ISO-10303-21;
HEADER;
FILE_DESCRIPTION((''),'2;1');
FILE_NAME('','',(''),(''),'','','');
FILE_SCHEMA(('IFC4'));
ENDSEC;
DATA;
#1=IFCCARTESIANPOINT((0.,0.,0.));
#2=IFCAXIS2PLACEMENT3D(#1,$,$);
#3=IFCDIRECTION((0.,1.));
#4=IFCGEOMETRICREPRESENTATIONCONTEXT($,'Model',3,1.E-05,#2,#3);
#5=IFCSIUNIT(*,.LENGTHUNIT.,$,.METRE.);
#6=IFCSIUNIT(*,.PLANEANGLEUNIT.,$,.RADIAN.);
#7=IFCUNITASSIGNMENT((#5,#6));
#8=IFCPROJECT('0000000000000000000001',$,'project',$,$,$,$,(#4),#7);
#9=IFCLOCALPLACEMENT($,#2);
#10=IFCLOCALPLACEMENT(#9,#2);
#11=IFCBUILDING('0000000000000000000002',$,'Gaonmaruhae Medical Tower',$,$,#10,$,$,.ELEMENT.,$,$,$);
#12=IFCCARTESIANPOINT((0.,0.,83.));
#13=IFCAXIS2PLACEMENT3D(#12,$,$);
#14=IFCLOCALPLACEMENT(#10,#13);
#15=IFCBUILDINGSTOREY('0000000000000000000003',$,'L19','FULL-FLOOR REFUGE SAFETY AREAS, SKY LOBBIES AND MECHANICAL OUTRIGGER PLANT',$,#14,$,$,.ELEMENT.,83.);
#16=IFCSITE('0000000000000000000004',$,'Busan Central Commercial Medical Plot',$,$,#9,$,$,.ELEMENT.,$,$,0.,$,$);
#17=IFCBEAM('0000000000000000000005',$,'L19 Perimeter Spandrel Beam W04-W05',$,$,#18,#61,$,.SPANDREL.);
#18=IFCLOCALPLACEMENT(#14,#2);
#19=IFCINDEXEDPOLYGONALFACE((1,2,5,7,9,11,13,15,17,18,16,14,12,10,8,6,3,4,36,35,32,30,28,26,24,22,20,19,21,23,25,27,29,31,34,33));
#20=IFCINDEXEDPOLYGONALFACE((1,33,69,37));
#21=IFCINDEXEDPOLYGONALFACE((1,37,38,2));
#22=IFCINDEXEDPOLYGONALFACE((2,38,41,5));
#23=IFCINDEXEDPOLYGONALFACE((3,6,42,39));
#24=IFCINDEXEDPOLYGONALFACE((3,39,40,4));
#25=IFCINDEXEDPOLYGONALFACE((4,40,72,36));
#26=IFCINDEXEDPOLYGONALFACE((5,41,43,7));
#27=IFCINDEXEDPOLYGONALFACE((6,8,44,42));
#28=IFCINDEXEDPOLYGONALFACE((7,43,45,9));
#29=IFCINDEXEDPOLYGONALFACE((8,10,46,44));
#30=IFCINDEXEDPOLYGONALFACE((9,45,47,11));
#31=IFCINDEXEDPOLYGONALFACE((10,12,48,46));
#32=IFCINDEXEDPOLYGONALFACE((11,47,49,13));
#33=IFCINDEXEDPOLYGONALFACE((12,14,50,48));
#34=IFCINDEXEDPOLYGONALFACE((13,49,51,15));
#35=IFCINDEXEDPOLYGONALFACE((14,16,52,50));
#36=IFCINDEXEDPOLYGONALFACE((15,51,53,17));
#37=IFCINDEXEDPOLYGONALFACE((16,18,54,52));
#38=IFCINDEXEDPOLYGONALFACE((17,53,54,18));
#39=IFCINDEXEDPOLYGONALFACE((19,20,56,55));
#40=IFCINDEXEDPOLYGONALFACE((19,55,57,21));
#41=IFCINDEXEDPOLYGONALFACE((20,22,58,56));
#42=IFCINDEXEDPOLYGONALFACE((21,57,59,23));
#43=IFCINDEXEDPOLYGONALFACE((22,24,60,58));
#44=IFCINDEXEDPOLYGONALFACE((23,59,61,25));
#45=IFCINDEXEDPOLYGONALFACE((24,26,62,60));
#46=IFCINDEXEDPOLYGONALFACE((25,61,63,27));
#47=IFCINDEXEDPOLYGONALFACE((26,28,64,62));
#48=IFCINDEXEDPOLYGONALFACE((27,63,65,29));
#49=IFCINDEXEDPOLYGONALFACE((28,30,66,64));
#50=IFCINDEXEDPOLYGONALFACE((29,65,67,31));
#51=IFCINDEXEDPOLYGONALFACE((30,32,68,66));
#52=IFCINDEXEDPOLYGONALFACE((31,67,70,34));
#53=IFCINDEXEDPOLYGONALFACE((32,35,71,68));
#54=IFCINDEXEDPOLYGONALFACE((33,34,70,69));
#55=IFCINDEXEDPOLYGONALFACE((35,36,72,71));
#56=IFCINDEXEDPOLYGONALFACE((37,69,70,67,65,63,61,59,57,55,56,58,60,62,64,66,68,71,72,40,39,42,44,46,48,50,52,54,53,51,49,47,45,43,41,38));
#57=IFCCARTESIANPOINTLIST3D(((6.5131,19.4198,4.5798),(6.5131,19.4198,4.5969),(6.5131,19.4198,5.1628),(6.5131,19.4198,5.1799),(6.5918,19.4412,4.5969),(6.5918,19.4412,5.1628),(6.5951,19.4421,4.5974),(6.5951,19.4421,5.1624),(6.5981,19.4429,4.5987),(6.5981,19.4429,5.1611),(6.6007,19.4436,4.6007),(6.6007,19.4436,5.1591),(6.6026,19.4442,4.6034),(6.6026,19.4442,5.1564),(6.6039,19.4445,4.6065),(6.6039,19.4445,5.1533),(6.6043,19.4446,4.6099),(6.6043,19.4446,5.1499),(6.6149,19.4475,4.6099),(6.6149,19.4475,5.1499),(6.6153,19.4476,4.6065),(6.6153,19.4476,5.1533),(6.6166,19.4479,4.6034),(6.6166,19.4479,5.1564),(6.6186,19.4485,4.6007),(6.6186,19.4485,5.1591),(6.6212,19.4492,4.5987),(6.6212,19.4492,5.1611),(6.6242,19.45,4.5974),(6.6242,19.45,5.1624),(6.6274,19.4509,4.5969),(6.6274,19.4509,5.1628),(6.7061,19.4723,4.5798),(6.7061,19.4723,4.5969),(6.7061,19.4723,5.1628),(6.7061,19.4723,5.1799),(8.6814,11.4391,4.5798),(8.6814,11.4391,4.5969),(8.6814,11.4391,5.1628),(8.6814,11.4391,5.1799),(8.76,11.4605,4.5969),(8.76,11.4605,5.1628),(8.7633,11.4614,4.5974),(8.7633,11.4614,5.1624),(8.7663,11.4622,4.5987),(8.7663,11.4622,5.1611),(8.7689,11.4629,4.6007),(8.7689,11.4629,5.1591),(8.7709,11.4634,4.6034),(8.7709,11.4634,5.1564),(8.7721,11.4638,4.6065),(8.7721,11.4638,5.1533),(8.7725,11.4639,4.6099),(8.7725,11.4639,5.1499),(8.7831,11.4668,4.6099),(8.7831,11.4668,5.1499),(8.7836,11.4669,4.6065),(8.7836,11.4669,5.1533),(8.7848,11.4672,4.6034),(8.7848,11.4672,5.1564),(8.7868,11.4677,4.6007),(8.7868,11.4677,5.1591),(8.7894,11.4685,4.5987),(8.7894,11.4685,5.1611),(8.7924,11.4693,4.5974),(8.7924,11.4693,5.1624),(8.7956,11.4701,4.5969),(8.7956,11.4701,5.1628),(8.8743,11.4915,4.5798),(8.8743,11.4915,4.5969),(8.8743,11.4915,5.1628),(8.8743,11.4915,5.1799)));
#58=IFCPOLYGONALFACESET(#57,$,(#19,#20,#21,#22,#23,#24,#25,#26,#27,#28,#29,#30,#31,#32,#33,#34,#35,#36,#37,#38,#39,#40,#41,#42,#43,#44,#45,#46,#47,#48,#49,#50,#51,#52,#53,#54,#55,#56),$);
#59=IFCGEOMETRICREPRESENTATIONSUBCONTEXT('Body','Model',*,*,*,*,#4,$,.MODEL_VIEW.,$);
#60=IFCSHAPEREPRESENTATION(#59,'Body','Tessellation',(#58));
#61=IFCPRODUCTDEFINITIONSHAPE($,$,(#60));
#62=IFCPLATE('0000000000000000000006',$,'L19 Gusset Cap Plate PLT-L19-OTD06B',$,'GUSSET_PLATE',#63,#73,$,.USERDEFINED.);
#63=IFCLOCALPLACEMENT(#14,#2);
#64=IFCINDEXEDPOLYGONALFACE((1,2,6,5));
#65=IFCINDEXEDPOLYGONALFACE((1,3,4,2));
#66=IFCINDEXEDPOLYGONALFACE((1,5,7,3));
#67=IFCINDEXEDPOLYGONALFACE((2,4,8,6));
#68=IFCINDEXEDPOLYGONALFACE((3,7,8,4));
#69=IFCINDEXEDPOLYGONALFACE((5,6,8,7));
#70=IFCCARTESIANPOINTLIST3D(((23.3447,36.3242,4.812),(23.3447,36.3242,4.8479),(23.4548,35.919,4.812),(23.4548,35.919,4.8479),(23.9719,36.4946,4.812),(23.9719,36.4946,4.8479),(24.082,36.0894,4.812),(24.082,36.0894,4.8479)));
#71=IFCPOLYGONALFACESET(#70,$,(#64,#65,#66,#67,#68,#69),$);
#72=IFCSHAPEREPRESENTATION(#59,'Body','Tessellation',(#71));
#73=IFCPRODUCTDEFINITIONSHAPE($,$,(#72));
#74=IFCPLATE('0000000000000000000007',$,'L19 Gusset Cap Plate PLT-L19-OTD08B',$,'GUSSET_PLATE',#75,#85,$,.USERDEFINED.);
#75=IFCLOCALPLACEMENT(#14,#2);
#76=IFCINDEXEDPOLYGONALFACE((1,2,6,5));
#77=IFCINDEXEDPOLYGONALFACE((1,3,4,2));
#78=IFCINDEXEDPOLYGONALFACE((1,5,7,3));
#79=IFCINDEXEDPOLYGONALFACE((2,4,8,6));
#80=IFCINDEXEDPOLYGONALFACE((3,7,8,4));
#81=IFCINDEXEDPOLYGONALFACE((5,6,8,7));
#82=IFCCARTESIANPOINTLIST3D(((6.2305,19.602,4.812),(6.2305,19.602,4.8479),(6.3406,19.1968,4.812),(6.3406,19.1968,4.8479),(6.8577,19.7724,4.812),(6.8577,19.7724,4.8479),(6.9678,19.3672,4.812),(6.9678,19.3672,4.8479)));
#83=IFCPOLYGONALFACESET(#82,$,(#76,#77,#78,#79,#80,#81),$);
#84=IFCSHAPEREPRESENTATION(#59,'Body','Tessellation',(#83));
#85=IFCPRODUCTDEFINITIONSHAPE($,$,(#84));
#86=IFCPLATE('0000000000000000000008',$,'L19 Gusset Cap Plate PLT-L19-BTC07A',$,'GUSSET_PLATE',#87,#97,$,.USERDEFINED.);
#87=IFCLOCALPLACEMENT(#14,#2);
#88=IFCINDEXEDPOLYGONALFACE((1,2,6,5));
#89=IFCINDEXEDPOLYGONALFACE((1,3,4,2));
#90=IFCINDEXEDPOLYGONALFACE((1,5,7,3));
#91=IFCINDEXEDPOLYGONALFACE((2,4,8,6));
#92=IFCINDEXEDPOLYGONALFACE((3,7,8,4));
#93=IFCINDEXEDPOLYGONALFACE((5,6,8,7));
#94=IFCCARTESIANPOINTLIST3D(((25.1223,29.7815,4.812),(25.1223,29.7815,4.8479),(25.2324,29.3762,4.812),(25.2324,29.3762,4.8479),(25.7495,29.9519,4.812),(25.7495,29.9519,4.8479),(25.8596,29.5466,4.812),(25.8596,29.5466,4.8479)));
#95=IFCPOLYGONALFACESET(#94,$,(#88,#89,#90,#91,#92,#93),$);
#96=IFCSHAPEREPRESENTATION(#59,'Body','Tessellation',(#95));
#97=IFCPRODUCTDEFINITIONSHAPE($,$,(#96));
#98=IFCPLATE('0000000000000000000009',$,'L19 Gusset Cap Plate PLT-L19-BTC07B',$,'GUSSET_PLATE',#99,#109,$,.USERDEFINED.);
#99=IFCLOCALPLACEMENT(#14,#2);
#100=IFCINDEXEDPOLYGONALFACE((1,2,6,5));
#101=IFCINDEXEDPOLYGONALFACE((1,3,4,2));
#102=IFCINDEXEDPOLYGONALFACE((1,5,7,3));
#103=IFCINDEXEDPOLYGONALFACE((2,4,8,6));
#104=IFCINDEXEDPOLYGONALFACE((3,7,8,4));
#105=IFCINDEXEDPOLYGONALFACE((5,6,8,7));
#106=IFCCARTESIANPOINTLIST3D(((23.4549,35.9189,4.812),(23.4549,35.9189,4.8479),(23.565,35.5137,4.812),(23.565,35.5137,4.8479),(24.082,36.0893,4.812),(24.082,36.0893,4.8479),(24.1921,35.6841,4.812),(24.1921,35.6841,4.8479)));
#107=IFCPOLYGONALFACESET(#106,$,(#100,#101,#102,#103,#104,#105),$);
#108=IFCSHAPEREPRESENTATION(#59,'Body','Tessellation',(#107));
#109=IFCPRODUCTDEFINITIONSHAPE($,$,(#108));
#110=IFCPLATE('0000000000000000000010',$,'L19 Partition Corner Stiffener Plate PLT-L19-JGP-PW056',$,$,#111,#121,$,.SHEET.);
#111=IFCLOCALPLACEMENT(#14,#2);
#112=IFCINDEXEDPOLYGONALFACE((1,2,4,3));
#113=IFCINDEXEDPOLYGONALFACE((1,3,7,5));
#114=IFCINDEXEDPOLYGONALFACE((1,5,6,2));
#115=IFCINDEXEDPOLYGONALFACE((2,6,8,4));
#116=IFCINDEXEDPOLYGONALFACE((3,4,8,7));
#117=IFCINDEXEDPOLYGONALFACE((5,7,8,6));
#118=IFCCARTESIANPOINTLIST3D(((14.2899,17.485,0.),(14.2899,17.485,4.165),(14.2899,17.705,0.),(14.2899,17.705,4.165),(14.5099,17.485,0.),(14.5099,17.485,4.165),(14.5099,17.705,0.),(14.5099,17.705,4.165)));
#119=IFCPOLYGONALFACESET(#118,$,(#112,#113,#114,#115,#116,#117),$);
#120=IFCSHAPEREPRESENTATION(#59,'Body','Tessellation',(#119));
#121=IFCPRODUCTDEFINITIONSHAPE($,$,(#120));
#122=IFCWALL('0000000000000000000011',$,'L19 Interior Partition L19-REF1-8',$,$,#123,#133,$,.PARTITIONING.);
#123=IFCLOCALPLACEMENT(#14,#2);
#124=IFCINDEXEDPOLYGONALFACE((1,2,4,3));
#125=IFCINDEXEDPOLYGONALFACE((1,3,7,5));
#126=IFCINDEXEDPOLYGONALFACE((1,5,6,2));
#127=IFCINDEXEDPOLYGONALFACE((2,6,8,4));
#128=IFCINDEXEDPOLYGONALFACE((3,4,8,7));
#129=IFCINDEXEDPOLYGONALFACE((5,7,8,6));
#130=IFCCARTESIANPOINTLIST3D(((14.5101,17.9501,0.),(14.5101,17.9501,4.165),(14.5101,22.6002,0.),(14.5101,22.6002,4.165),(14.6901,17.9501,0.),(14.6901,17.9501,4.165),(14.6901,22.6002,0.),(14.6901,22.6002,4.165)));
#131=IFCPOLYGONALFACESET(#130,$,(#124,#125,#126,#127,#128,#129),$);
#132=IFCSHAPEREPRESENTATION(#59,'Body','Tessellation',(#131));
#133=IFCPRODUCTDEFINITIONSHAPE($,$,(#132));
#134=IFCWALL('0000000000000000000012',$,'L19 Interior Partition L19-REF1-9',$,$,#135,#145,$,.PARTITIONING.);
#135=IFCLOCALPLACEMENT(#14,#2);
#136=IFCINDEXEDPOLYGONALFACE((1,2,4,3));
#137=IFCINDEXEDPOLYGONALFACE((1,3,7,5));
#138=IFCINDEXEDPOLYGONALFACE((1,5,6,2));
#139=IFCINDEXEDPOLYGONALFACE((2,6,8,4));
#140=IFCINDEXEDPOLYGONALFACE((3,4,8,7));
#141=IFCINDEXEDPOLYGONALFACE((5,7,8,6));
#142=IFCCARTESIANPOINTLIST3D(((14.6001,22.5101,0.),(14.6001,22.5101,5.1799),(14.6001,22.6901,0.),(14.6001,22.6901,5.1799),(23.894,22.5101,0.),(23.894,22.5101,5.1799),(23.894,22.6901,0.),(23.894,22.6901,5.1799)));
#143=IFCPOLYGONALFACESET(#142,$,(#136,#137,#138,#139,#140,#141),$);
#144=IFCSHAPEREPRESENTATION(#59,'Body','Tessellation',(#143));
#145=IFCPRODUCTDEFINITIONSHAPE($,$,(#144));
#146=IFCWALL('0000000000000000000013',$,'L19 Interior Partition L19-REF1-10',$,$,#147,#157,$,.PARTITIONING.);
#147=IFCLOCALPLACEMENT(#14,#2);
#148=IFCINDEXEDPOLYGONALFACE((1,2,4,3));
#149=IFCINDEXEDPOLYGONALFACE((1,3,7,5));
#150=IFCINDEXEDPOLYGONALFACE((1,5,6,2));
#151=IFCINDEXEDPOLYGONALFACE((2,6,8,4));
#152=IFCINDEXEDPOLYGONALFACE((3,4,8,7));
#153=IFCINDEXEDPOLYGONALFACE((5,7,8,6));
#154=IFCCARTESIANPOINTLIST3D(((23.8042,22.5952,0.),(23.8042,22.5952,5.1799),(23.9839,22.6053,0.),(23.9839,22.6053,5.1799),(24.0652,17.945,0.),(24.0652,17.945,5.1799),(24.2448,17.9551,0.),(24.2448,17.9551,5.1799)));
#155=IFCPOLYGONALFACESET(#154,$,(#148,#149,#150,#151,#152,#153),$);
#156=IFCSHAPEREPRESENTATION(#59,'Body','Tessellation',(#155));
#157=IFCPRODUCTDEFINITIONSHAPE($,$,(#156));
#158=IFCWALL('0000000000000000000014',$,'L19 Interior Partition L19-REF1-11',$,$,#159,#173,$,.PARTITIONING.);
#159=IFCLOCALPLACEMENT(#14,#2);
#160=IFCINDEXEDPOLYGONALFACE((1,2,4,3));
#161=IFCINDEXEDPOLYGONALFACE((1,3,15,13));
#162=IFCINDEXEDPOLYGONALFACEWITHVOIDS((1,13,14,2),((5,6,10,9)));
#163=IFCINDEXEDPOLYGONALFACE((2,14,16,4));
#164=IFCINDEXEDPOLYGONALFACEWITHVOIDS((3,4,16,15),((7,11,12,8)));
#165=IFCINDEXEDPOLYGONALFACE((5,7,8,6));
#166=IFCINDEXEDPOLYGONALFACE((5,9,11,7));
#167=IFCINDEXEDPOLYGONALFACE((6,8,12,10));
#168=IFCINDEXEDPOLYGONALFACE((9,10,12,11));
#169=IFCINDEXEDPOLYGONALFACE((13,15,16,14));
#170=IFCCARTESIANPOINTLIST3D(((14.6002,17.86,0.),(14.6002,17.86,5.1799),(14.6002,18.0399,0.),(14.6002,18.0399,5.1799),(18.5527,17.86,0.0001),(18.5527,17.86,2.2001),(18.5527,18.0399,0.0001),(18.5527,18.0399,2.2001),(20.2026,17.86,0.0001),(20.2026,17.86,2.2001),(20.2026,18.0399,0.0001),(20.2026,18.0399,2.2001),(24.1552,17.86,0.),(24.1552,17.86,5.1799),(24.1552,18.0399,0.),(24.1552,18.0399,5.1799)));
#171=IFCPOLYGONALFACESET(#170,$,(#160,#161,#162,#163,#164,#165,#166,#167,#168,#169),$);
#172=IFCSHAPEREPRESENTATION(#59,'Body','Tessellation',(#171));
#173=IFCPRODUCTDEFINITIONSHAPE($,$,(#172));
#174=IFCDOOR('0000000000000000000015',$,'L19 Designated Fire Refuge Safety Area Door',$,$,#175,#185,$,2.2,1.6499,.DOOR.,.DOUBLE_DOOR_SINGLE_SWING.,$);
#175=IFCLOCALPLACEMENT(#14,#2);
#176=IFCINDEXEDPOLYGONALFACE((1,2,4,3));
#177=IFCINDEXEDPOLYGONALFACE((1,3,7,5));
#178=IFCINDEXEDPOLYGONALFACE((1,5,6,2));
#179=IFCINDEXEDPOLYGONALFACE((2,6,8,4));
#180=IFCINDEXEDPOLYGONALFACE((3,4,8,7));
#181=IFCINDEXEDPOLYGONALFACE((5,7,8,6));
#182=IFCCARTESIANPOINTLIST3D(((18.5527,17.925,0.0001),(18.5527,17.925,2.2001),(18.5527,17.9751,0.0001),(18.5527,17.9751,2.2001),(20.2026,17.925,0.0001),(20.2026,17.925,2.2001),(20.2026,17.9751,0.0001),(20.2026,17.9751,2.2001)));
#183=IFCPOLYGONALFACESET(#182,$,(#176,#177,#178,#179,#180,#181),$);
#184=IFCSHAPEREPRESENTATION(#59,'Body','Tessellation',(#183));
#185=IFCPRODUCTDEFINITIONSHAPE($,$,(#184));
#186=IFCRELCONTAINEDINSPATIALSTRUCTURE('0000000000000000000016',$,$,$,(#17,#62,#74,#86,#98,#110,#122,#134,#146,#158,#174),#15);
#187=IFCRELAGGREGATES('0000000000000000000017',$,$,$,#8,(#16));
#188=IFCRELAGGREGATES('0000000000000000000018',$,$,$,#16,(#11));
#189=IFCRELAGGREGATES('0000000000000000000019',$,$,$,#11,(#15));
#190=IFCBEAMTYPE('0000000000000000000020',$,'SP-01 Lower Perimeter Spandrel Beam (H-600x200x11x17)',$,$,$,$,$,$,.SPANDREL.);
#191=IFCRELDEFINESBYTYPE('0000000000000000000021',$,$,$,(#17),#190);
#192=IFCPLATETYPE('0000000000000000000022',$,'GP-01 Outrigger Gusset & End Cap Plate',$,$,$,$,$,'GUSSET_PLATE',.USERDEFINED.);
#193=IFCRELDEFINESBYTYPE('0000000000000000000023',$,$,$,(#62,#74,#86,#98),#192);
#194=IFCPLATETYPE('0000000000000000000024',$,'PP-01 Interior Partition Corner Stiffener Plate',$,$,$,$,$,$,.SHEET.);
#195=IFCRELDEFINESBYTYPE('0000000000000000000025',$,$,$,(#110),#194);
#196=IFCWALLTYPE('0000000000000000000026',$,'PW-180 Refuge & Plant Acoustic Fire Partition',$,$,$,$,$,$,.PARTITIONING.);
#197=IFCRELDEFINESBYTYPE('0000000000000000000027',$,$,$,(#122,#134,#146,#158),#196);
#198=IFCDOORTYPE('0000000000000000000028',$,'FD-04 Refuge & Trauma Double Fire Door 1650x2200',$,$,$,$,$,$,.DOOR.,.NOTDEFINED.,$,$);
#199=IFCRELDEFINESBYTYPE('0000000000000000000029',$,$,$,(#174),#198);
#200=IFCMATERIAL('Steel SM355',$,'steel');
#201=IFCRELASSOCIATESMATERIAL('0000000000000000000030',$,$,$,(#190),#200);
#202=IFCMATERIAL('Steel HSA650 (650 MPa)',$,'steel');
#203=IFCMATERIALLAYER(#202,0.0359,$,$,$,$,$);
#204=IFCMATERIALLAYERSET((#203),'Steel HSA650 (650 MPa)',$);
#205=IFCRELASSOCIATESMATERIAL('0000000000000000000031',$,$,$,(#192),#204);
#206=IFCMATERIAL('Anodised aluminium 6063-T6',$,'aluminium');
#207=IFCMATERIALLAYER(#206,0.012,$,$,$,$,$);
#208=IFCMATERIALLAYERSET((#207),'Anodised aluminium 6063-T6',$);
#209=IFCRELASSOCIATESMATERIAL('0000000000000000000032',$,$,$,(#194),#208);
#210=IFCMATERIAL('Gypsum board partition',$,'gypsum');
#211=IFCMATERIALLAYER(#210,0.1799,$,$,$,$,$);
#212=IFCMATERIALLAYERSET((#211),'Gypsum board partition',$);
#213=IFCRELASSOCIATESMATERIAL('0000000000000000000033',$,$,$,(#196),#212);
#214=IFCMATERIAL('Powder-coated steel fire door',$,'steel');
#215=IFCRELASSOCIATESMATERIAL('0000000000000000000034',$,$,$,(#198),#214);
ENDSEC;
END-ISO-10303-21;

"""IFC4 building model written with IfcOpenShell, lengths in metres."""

from ifc_helpers import new_model, si_unit, direction, frame, frame_2d, origin, origin_2d, place, context, subcontext, project, spatial, rectangle, i_section, extrude, material, layer, layer_set, material_profile, profile_set, type_object, element, fill, save


model = new_model("IFC4")

# Units and contexts
model_context = context("Model", 3, precision=1e-05, world=origin(), true_north=direction((0.0, 1.0)))
body_context = subcontext(model_context, "Body", "Model", "MODEL_VIEW")
ifc_project = project(units=[si_unit("LENGTHUNIT", "METRE"), si_unit("PLANEANGLEUNIT", "RADIAN")], contexts=[model_context])

# Site, building, storey
site_placement = place(None, origin())
site = spatial("IfcSite", under=ifc_project, at=site_placement, Name="Busan Central Commercial Medical Plot", CompositionType="ELEMENT", RefElevation=0.0)
building_placement = place(site_placement, origin())
building = spatial("IfcBuilding", under=site, at=building_placement, Name="Gaonmaruhae Medical Tower", CompositionType="ELEMENT")
storey_placement = place(building_placement, frame((0.0, 0.0, 83.0)))
storey = spatial("IfcBuildingStorey", under=building, at=storey_placement, Name="L19", Description="FULL-FLOOR REFUGE SAFETY AREAS, SKY LOBBIES AND MECHANICAL OUTRIGGER PLANT", CompositionType="ELEMENT", Elevation=83.0)

# Shared definitions
ifc_material_1 = material(Name="Steel HSA650 (650 MPa)", Category="steel")

# Beam
ifc_material_2 = material(Name="Steel SM355", Category="steel")
ifc_material_profile_1 = material_profile(ifc_material_2, i_section(OverallWidth=0.2, OverallDepth=0.6001, WebThickness=0.011, FlangeThickness=0.0171, FilletRadius=0.0129, at=origin_2d()), Name="H-600x200x11x17")
ifc_profile_set_1 = profile_set([ifc_material_profile_1], Name="Steel SM355")
beam_type_1 = type_object("IfcBeamType", Name="SP-01 Lower Perimeter Spandrel Beam (H-600x200x11x17)", PredefinedType="SPANDREL", material=ifc_profile_set_1)
beam_1_placement = place(storey_placement, frame((6.6096, 19.446, 4.8799), z_axis=(0.262178, -0.96502, 0.0), x_axis=(0.96502, 0.262178, 0.0)))
element("IfcBeam", 1, at=beam_1_placement, inside=storey, type_object=beam_type_1, Name="L19 Perimeter Spandrel Beam W04-W05", PredefinedType="SPANDREL", context=body_context, shape_type="SweptSolid", body=[
    extrude(i_section(OverallWidth=0.2, OverallDepth=0.6001, WebThickness=0.011, FlangeThickness=0.0171, FilletRadius=0.0129, at=origin_2d()), origin(), (0.0, 0.0, 1.0), 8.27),
])

# Plates
ifc_layer_1 = layer(ifc_material_1, 0.0359)
ifc_layer_set_1 = layer_set([ifc_layer_1], Name="Steel HSA650 (650 MPa)")
plate_type_1 = type_object("IfcPlateType", Name="GP-01 Outrigger Gusset & End Cap Plate", ElementType="GUSSET_PLATE", PredefinedType="USERDEFINED", material=ifc_layer_set_1)
for number, where, z_axis, x_axis, name in (
    (2, (23.7134, 36.2068, 4.812), (0.0, 0.0, 1.0), (0.965016, 0.262189, 0.0), "L19 Gusset Cap Plate PLT-L19-OTD06B"),
    (3, (6.5991, 19.4846, 4.812), (0.0, 0.0, 1.0), (0.965016, 0.262189, 0.0), "L19 Gusset Cap Plate PLT-L19-OTD08B"),
    (4, (25.491, 29.6641, 4.812), (0.0, 0.0, 1.0), (0.965016, 0.262189, 0.0), "L19 Gusset Cap Plate PLT-L19-BTC07A"),
    (5, (23.8235, 35.8015, 4.812), (0.0, 0.0, 1.0), (0.965016, 0.262189, 0.0), "L19 Gusset Cap Plate PLT-L19-BTC07B"),
):
    element("IfcPlate", number, at=place(storey_placement, frame(where, z_axis=z_axis, x_axis=x_axis)), inside=storey, type_object=plate_type_1, Name=name, ObjectType="GUSSET_PLATE", PredefinedType="USERDEFINED", context=body_context, shape_type="SweptSolid", body=[
        extrude(rectangle(XDim=0.6499, YDim=0.4199, at=origin_2d()), origin(), (0.0, 0.0, 1.0), 0.0359),
    ])
ifc_material_3 = material(Name="Anodised aluminium 6063-T6", Category="aluminium")
ifc_layer_2 = layer(ifc_material_3, 0.012)
ifc_layer_set_2 = layer_set([ifc_layer_2], Name="Anodised aluminium 6063-T6")
plate_type_2 = type_object("IfcPlateType", Name="PP-01 Interior Partition Corner Stiffener Plate", PredefinedType="SHEET", material=ifc_layer_set_2)
plate_placement = place(storey_placement, frame((14.3999, 17.595, 0.0), z_axis=(0.0, 0.0, 1.0), x_axis=(0.0, -1.0, 0.0)))
element("IfcPlate", 6, at=plate_placement, inside=storey, type_object=plate_type_2, Name="L19 Partition Corner Stiffener Plate PLT-L19-JGP-PW056", PredefinedType="SHEET", context=body_context, shape_type="SweptSolid", body=[
    extrude(rectangle(XDim=0.22, YDim=0.22, at=origin_2d()), origin(), (0.0, 0.0, 1.0), 4.165),
])

# Walls
ifc_material_4 = material(Name="Gypsum board partition", Category="gypsum")
ifc_layer_3 = layer(ifc_material_4, 0.1799)
ifc_layer_set_3 = layer_set([ifc_layer_3], Name="Gypsum board partition")
wall_type = type_object("IfcWallType", Name="PW-180 Refuge & Plant Acoustic Fire Partition", PredefinedType="PARTITIONING", material=ifc_layer_set_3)
wall_1_placement = place(storey_placement, frame((14.6001, 17.95, 0.0), z_axis=(0.0, 0.0, 1.0), x_axis=(0.0, 1.0, 0.0)))
element("IfcWall", 7, at=wall_1_placement, inside=storey, type_object=wall_type, Name="L19 Interior Partition L19-REF1-8", PredefinedType="PARTITIONING", context=body_context, shape_type="SweptSolid", body=[
    extrude(rectangle(XDim=4.6501, YDim=0.1799, at=frame_2d((2.3252, 0.0))), origin(), (0.0, 0.0, 1.0), 4.165),
])
wall_2_placement = place(storey_placement, frame((14.6001, 22.6001, 0.0), z_axis=(0.0, 0.0, 1.0), x_axis=(1.0, 0.0, 0.0)))
element("IfcWall", 8, at=wall_2_placement, inside=storey, type_object=wall_type, Name="L19 Interior Partition L19-REF1-9", PredefinedType="PARTITIONING", context=body_context, shape_type="SweptSolid", body=[
    extrude(rectangle(XDim=9.2939, YDim=0.1799, at=frame_2d((4.647, 0.0))), origin(), (0.0, 0.0, 1.0), 5.1799),
])
wall_3_placement = place(storey_placement, frame((23.894, 22.6001, 0.0), z_axis=(0.0, 0.0, 1.0), x_axis=(0.056036, -0.998429, 0.0)))
element("IfcWall", 9, at=wall_3_placement, inside=storey, type_object=wall_type, Name="L19 Interior Partition L19-REF1-10", PredefinedType="PARTITIONING", context=body_context, shape_type="SweptSolid", body=[
    extrude(rectangle(XDim=4.6575, YDim=0.1799, at=frame_2d((2.3286, 0.0))), origin(), (0.0, 0.0, 1.0), 5.1799),
])

# Wall, opening, door
wall_4_placement = place(storey_placement, frame((24.155, 17.95, 0.0), z_axis=(0.0, 0.0, 1.0), x_axis=(-1.0, 0.0, 0.0)))
wall_4 = element("IfcWall", 10, at=wall_4_placement, inside=storey, type_object=wall_type, Name="L19 Interior Partition L19-REF1-11", PredefinedType="PARTITIONING", context=body_context, shape_type="SweptSolid", body=[
    extrude(rectangle(XDim=9.5549, YDim=0.1799, at=frame_2d((4.7773, 0.0))), origin(), (0.0, 0.0, 1.0), 5.1799),
])
opening_placement = place(wall_4_placement, frame((3.9524, 0.0, 0.0)))
opening = element("IfcOpeningElement", 11, at=opening_placement, cuts=wall_4, PredefinedType="OPENING", context=body_context, shape_type="SweptSolid", body=[
    extrude(rectangle(XDim=1.6499, YDim=2.2, at=frame_2d((0.825, 1.1001))), frame((0.0, 0.1001, 0.0), z_axis=(0.0, -1.0, 0.0), x_axis=(1.0, 0.0, 0.0)), (0.0, 0.0, 1.0), 0.2),
])
ifc_material_5 = material(Name="Powder-coated steel fire door", Category="steel")
door_type = type_object("IfcDoorType", Name="FD-04 Refuge & Trauma Double Fire Door 1650x2200", OperationType="NOTDEFINED", PredefinedType="DOOR", material=ifc_material_5)
door_placement = place(opening_placement, origin())
door = element("IfcDoor", 12, at=door_placement, inside=storey, type_object=door_type, Name="L19 Designated Fire Refuge Safety Area Door", OperationType="DOUBLE_DOOR_SINGLE_SWING", OverallHeight=2.2, OverallWidth=1.6499, PredefinedType="DOOR", context=body_context, shape_type="SweptSolid", body=[
    extrude(rectangle(XDim=1.6499, YDim=2.2, at=frame_2d((0.825, 1.1001))), frame((0.0, 0.0249, 0.0), z_axis=(0.0, -1.0, 0.0), x_axis=(1.0, 0.0, 0.0)), (0.0, 0.0, 1.0), 0.05),
])
fill(opening, door)

save(model, "model.ifc")
